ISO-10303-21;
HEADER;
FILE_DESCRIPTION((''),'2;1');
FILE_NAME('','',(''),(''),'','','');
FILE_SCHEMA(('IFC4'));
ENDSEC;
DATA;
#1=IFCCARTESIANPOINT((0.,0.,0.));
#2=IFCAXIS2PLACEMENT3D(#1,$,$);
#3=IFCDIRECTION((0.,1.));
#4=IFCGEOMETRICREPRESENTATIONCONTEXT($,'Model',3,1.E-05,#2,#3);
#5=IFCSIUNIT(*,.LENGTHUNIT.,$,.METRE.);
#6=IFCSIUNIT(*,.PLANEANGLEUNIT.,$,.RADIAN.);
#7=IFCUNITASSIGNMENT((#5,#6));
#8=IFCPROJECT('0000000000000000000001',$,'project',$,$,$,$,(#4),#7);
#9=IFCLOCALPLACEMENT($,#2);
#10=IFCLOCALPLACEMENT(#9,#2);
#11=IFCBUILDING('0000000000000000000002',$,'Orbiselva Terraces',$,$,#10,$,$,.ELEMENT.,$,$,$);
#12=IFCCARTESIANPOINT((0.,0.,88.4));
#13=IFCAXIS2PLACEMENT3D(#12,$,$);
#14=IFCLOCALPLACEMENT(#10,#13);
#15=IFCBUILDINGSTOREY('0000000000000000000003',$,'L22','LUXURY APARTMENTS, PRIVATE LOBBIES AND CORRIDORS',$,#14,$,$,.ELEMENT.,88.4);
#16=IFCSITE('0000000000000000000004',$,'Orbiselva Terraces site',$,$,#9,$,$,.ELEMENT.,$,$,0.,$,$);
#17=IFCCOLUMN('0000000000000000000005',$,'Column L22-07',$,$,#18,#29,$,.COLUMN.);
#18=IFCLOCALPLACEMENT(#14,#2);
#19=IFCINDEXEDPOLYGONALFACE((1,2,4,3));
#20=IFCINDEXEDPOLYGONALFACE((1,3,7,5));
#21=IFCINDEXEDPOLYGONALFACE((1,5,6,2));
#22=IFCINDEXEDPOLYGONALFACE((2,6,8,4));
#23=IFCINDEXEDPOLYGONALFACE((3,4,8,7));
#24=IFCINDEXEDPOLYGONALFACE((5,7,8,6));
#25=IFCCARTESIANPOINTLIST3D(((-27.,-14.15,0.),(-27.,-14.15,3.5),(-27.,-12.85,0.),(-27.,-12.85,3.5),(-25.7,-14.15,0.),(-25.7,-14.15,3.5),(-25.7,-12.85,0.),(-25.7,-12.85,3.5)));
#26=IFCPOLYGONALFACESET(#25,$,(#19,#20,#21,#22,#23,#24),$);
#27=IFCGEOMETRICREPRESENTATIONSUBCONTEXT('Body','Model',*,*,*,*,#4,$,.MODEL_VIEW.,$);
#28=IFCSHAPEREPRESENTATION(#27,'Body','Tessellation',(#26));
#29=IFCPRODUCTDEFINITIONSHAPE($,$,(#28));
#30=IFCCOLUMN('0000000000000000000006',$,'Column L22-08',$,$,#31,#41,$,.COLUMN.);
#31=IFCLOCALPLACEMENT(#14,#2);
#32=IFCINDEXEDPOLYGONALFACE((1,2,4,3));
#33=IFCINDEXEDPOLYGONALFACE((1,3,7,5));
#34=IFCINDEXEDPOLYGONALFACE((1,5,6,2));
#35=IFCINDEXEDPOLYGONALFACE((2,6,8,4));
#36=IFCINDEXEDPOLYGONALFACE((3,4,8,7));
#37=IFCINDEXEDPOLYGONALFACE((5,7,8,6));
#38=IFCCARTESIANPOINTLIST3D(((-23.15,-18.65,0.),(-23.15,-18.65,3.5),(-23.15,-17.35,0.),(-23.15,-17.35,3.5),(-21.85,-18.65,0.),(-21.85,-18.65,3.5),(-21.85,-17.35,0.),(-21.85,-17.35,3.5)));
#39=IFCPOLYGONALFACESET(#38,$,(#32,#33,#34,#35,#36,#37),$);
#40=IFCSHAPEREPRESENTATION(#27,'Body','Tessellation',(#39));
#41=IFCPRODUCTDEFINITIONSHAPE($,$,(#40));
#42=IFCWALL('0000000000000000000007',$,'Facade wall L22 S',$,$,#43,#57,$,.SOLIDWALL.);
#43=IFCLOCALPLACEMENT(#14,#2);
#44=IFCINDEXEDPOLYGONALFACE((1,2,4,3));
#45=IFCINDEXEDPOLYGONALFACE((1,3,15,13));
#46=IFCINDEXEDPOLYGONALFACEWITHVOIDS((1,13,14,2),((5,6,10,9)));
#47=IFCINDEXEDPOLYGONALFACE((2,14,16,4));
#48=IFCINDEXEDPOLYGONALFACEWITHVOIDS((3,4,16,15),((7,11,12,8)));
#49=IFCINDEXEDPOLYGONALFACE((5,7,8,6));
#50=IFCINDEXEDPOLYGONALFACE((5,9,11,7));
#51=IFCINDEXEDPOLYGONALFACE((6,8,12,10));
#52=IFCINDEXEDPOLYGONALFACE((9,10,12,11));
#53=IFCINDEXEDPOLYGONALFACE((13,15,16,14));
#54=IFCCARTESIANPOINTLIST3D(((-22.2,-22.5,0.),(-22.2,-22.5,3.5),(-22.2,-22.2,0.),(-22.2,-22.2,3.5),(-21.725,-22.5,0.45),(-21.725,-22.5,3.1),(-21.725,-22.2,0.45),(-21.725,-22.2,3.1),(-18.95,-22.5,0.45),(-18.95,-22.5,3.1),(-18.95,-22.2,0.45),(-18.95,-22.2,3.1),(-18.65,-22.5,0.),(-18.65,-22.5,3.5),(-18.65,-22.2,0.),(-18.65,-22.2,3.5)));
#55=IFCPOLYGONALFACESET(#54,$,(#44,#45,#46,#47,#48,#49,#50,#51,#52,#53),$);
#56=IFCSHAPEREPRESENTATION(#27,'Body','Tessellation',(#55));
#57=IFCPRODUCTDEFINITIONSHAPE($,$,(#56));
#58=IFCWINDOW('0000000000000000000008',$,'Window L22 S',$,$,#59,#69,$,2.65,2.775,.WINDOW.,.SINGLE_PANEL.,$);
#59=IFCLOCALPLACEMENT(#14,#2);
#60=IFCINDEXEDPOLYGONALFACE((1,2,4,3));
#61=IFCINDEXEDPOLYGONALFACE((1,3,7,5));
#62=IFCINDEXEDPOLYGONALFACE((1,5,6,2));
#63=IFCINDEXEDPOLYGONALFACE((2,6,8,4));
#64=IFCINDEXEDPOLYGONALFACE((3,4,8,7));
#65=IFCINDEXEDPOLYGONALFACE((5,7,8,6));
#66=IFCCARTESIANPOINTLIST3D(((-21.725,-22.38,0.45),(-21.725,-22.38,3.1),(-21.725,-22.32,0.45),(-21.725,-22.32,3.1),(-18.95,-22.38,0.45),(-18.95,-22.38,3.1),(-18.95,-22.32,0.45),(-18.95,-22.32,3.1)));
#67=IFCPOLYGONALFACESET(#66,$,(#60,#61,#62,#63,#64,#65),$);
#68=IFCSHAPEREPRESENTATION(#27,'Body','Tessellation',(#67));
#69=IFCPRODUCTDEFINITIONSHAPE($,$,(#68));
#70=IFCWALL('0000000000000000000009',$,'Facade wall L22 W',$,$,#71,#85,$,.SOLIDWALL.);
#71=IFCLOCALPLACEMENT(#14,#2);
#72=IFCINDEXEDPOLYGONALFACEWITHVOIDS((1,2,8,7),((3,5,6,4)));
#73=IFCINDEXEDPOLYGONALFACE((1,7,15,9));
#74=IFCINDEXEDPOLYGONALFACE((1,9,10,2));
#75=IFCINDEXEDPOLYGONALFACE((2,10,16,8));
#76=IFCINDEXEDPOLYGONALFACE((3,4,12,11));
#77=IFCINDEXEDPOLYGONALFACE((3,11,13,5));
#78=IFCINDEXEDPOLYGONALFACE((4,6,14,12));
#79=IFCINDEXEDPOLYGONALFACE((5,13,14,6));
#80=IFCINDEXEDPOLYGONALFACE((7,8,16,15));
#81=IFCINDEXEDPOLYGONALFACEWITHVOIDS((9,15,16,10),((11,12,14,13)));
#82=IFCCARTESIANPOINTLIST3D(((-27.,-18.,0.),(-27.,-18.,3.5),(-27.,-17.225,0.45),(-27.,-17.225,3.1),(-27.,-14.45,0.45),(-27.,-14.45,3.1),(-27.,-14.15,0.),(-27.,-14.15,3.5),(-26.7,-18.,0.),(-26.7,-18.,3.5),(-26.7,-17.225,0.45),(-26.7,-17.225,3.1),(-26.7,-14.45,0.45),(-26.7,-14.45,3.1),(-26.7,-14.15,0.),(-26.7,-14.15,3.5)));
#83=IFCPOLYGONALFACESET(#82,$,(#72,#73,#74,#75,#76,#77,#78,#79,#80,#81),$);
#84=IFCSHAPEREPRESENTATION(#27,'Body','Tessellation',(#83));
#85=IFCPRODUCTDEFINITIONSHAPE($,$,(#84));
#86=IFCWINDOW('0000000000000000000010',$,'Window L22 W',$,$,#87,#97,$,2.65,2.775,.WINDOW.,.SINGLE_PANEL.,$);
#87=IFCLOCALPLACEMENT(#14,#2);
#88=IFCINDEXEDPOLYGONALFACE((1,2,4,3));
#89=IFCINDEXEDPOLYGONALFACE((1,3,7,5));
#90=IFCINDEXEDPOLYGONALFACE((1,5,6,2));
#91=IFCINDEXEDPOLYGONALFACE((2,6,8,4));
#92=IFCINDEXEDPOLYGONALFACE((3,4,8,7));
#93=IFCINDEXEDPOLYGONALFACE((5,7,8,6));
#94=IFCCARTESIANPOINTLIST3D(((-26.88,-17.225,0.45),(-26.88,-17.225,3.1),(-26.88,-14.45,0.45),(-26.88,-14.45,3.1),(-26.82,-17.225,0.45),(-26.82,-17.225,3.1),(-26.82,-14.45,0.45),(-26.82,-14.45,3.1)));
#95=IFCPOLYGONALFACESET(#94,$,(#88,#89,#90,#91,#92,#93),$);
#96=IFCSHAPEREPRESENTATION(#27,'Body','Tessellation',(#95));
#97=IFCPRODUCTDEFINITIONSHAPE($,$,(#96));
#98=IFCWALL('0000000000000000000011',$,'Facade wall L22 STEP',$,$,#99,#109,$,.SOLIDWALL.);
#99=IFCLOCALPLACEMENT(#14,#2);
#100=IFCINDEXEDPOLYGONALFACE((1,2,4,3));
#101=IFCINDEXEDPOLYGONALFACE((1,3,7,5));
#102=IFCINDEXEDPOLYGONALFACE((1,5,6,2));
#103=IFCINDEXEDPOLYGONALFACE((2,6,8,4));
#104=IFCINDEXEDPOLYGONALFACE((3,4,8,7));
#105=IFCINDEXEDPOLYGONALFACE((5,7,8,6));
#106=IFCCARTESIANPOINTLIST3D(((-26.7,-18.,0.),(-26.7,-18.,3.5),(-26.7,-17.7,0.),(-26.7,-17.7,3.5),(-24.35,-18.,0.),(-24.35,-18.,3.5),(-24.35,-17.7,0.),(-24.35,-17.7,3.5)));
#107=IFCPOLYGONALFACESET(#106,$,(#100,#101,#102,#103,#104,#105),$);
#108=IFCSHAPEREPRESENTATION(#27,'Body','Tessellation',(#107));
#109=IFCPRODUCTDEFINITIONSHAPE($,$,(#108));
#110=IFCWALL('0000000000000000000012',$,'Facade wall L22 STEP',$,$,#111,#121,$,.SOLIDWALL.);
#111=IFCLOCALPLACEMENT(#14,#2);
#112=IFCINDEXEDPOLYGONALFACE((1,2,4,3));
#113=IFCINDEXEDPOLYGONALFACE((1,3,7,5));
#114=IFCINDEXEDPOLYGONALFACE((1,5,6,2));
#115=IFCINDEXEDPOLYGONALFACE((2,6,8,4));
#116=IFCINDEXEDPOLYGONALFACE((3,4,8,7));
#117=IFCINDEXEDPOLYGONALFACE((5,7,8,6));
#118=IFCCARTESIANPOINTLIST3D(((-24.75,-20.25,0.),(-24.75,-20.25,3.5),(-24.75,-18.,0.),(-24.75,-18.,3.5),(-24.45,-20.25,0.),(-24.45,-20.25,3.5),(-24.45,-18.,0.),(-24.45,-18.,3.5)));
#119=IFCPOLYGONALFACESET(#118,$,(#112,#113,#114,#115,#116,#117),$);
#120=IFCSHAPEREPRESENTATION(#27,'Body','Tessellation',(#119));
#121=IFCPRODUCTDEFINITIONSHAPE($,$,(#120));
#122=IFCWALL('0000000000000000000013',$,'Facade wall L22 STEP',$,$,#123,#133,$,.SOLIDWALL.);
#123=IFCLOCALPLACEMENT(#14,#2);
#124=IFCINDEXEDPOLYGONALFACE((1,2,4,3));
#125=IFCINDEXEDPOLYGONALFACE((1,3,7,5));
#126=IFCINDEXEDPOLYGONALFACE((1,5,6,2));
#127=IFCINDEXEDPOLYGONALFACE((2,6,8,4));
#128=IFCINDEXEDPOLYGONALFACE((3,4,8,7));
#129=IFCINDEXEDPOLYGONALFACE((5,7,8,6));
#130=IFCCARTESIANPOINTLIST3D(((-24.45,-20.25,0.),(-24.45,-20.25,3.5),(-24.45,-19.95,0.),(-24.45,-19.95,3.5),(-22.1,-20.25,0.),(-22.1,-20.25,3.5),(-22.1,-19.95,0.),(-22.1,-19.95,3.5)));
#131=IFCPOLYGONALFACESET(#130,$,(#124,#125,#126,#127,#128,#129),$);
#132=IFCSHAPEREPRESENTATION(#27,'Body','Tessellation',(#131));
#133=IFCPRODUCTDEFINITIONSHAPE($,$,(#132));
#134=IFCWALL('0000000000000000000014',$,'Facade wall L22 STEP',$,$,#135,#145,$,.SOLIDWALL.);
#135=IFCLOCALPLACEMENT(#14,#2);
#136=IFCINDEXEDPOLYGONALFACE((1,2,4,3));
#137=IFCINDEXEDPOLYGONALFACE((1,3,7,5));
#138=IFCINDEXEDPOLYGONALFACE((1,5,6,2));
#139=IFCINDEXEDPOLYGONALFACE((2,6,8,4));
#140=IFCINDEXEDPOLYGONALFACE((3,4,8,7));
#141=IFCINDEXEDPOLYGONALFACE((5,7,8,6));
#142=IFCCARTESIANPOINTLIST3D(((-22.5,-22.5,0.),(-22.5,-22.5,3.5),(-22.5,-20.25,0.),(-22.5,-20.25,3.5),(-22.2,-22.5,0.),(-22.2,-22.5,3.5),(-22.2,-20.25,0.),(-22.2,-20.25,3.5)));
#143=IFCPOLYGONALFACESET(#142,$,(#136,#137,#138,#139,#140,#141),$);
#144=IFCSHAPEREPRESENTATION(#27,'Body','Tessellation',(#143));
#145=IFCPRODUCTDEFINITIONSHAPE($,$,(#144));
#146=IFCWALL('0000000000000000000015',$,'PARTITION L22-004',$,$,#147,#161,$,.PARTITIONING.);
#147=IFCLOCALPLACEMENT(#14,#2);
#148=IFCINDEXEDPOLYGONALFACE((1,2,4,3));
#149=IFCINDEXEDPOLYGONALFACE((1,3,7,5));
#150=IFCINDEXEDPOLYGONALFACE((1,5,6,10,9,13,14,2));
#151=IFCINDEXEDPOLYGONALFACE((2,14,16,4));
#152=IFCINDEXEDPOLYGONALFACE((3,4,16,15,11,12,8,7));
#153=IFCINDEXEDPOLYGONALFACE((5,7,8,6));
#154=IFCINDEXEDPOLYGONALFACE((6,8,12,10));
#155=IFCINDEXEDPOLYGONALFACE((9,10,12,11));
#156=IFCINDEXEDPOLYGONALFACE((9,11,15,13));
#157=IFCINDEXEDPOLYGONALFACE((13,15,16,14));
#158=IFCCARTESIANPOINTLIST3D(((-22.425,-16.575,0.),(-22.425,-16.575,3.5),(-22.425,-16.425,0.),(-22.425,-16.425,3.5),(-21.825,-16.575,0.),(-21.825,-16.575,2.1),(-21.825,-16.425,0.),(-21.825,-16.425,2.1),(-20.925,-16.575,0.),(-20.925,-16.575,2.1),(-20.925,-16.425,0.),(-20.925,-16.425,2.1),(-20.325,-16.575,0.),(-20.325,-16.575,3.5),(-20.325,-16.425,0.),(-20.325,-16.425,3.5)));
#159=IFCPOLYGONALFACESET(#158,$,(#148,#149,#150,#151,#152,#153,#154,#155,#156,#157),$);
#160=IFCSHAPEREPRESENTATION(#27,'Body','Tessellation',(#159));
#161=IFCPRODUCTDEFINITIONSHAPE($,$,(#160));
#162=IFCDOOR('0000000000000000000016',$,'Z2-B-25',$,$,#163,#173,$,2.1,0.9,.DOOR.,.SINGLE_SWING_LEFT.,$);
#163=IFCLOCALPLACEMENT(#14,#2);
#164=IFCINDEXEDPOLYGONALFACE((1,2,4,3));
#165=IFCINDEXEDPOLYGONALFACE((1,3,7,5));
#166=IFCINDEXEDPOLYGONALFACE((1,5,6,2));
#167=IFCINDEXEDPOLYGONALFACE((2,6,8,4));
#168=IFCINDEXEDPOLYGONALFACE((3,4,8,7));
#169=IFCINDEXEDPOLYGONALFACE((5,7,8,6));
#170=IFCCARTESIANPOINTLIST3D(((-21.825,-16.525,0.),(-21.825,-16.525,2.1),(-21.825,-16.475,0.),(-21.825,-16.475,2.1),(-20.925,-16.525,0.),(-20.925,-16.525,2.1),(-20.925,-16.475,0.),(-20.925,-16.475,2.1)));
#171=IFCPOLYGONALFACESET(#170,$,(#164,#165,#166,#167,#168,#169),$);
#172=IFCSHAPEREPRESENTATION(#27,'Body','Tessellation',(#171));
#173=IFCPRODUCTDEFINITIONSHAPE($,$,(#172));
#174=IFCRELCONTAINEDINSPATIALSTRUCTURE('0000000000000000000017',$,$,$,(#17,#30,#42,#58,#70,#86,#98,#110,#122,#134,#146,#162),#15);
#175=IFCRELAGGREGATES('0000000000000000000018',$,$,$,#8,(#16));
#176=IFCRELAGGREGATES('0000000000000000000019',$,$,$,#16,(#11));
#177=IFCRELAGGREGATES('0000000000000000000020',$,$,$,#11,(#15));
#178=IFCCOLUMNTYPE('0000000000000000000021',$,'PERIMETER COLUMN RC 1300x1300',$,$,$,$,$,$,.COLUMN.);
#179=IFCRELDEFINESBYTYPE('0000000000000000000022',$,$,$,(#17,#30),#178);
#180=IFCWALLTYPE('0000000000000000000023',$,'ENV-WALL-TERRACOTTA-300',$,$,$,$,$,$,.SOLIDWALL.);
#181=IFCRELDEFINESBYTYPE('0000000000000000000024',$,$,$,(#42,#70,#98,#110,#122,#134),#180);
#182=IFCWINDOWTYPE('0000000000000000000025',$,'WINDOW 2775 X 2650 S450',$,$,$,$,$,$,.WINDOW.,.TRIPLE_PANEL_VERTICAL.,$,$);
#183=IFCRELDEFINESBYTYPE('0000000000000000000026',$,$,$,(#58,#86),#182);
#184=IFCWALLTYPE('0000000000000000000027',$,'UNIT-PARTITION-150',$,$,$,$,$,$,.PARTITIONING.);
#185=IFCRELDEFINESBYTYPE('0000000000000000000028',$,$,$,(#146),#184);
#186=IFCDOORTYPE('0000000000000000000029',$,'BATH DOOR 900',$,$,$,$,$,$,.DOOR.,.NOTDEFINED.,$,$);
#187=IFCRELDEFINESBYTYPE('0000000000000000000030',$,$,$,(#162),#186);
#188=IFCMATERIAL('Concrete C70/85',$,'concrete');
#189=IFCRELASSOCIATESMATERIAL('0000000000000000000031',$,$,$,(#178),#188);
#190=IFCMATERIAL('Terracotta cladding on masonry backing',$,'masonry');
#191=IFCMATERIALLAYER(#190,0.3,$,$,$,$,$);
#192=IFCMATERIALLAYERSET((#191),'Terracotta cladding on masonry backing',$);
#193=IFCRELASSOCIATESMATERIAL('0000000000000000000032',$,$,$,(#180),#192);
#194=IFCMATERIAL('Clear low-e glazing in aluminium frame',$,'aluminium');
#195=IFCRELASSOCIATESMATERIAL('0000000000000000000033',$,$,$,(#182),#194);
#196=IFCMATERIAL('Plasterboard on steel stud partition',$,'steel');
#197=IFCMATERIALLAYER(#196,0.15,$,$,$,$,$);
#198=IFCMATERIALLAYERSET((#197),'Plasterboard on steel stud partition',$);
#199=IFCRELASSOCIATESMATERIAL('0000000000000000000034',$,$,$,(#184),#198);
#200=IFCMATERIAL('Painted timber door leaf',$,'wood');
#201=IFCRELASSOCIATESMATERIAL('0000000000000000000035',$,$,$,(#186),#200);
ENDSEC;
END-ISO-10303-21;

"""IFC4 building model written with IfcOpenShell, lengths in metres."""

from ifc_helpers import new_model, si_unit, direction, frame, frame_2d, origin, origin_2d, place, context, subcontext, project, spatial, rectangle, extrude, material, layer, layer_set, material_profile, profile_set, type_object, element, fill, save


model = new_model("IFC4")

# Units and contexts
model_context = context("Model", 3, precision=1e-05, world=origin(), true_north=direction((0.0, 1.0)))
body_context = subcontext(model_context, "Body", "Model", "MODEL_VIEW")
ifc_project = project(units=[si_unit("LENGTHUNIT", "METRE"), si_unit("PLANEANGLEUNIT", "RADIAN")], contexts=[model_context])

# Site, building, storey
site_placement = place(None, origin())
site = spatial("IfcSite", under=ifc_project, at=site_placement, Name="Orbiselva Terraces site", CompositionType="ELEMENT", RefElevation=0.0)
building_placement = place(site_placement, origin())
building = spatial("IfcBuilding", under=site, at=building_placement, Name="Orbiselva Terraces", CompositionType="ELEMENT")
storey_placement = place(building_placement, frame((0.0, 0.0, 88.4)))
storey = spatial("IfcBuildingStorey", under=building, at=storey_placement, Name="L22", Description="LUXURY APARTMENTS, PRIVATE LOBBIES AND CORRIDORS", CompositionType="ELEMENT", Elevation=88.4)

# Columns
ifc_material_1 = material(Name="Concrete C70/85", Category="concrete")
ifc_material_profile = material_profile(ifc_material_1, rectangle(XDim=1.3, YDim=1.3, at=origin_2d()), Name="RC 1300x1300")
ifc_profile_set = profile_set([ifc_material_profile], Name="Concrete C70/85")
column_type = type_object("IfcColumnType", Name="PERIMETER COLUMN RC 1300x1300", PredefinedType="COLUMN", material=ifc_profile_set)
for number, where, z_axis, x_axis, name in (
    (1, (-26.35, -13.5, 0.0), (0.0, 0.0, 1.0), (1.0, 0.0, 0.0), "Column L22-07"),
    (2, (-22.5, -18.0, 0.0), (0.0, 0.0, 1.0), (1.0, 0.0, 0.0), "Column L22-08"),
):
    element("IfcColumn", number, at=place(storey_placement, frame(where, z_axis=z_axis, x_axis=x_axis)), inside=storey, type_object=column_type, Name=name, PredefinedType="COLUMN", context=body_context, shape_type="SweptSolid", body=[
        extrude(rectangle(XDim=1.3, YDim=1.3, at=origin_2d()), origin(), (0.0, 0.0, 1.0), 3.5),
    ])

# Walls, openings, windows
ifc_material_2 = material(Name="Terracotta cladding on masonry backing", Category="masonry")
ifc_layer_1 = layer(ifc_material_2, 0.3)
ifc_layer_set_1 = layer_set([ifc_layer_1], Name="Terracotta cladding on masonry backing")
wall_type_1 = type_object("IfcWallType", Name="ENV-WALL-TERRACOTTA-300", PredefinedType="SOLIDWALL", material=ifc_layer_set_1)
wall_1_placement = place(storey_placement, frame((-18.65, -22.35, 0.0), z_axis=(0.0, 0.0, 1.0), x_axis=(-1.0, 0.0, 0.0)))
wall_1 = element("IfcWall", 3, at=wall_1_placement, inside=storey, type_object=wall_type_1, Name="Facade wall L22 S", PredefinedType="SOLIDWALL", context=body_context, shape_type="SweptSolid", body=[
    extrude(rectangle(XDim=3.55, YDim=0.3, at=frame_2d((1.775, 0.0))), origin(), (0.0, 0.0, 1.0), 3.5),
])
opening_1_placement = place(wall_1_placement, frame((0.3, 0.0, 0.45)))
opening_1 = element("IfcOpeningElement", 4, at=opening_1_placement, cuts=wall_1, PredefinedType="OPENING", context=body_context, shape_type="SweptSolid", body=[
    extrude(rectangle(XDim=2.775, YDim=2.65, at=frame_2d((1.3875, 1.325))), frame((0.0, 0.16, 0.0), z_axis=(0.0, -1.0, 0.0), x_axis=(1.0, 0.0, 0.0)), (0.0, 0.0, 1.0), 0.32),
])
ifc_material_3 = material(Name="Clear low-e glazing in aluminium frame", Category="aluminium")
window_type = type_object("IfcWindowType", Name="WINDOW 2775 X 2650 S450", PartitioningType="TRIPLE_PANEL_VERTICAL", PredefinedType="WINDOW", material=ifc_material_3)
window_1_placement = place(opening_1_placement, origin())
window_1 = element("IfcWindow", 5, at=window_1_placement, inside=storey, type_object=window_type, Name="Window L22 S", OverallHeight=2.65, OverallWidth=2.775, PartitioningType="SINGLE_PANEL", PredefinedType="WINDOW", context=body_context, shape_type="SweptSolid", body=[
    extrude(rectangle(XDim=2.775, YDim=2.65, at=frame_2d((1.3875, 1.325))), frame((0.0, 0.03, 0.0), z_axis=(0.0, -1.0, 0.0), x_axis=(1.0, 0.0, 0.0)), (0.0, 0.0, 1.0), 0.06),
])
fill(opening_1, window_1)
wall_2_placement = place(storey_placement, frame((-26.85, -18.0, 0.0), z_axis=(0.0, 0.0, 1.0), x_axis=(0.0, 1.0, 0.0)))
wall_2 = element("IfcWall", 6, at=wall_2_placement, inside=storey, type_object=wall_type_1, Name="Facade wall L22 W", PredefinedType="SOLIDWALL", context=body_context, shape_type="SweptSolid", body=[
    extrude(rectangle(XDim=3.85, YDim=0.3, at=frame_2d((1.925, 0.0))), origin(), (0.0, 0.0, 1.0), 3.5),
])
opening_2_placement = place(wall_2_placement, frame((0.775, 0.0, 0.45)))
opening_2 = element("IfcOpeningElement", 7, at=opening_2_placement, cuts=wall_2, PredefinedType="OPENING", context=body_context, shape_type="SweptSolid", body=[
    extrude(rectangle(XDim=2.775, YDim=2.65, at=frame_2d((1.3875, 1.325))), frame((0.0, 0.16, 0.0), z_axis=(0.0, -1.0, 0.0), x_axis=(1.0, 0.0, 0.0)), (0.0, 0.0, 1.0), 0.32),
])
window_2_placement = place(opening_2_placement, origin())
window_2 = element("IfcWindow", 8, at=window_2_placement, inside=storey, type_object=window_type, Name="Window L22 W", OverallHeight=2.65, OverallWidth=2.775, PartitioningType="SINGLE_PANEL", PredefinedType="WINDOW", context=body_context, shape_type="SweptSolid", body=[
    extrude(rectangle(XDim=2.775, YDim=2.65, at=frame_2d((1.3875, 1.325))), frame((0.0, 0.03, 0.0), z_axis=(0.0, -1.0, 0.0), x_axis=(1.0, 0.0, 0.0)), (0.0, 0.0, 1.0), 0.06),
])
fill(opening_2, window_2)

# Walls
wall_3_placement = place(storey_placement, frame((-24.35, -17.85, 0.0), z_axis=(0.0, 0.0, 1.0), x_axis=(-1.0, 0.0, 0.0)))
element("IfcWall", 9, at=wall_3_placement, inside=storey, type_object=wall_type_1, Name="Facade wall L22 STEP", PredefinedType="SOLIDWALL", context=body_context, shape_type="SweptSolid", body=[
    extrude(rectangle(XDim=2.35, YDim=0.3, at=frame_2d((1.175, 0.0))), origin(), (0.0, 0.0, 1.0), 3.5),
])
wall_4_placement = place(storey_placement, frame((-24.6, -20.25, 0.0), z_axis=(0.0, 0.0, 1.0), x_axis=(0.0, 1.0, 0.0)))
element("IfcWall", 10, at=wall_4_placement, inside=storey, type_object=wall_type_1, Name="Facade wall L22 STEP", PredefinedType="SOLIDWALL", context=body_context, shape_type="SweptSolid", body=[
    extrude(rectangle(XDim=2.25, YDim=0.3, at=frame_2d((1.125, 0.0))), origin(), (0.0, 0.0, 1.0), 3.5),
])
wall_5_placement = place(storey_placement, frame((-22.1, -20.1, 0.0), z_axis=(0.0, 0.0, 1.0), x_axis=(-1.0, 0.0, 0.0)))
element("IfcWall", 11, at=wall_5_placement, inside=storey, type_object=wall_type_1, Name="Facade wall L22 STEP", PredefinedType="SOLIDWALL", context=body_context, shape_type="SweptSolid", body=[
    extrude(rectangle(XDim=2.35, YDim=0.3, at=frame_2d((1.175, 0.0))), origin(), (0.0, 0.0, 1.0), 3.5),
])
wall_6_placement = place(storey_placement, frame((-22.35, -22.5, 0.0), z_axis=(0.0, 0.0, 1.0), x_axis=(0.0, 1.0, 0.0)))
element("IfcWall", 12, at=wall_6_placement, inside=storey, type_object=wall_type_1, Name="Facade wall L22 STEP", PredefinedType="SOLIDWALL", context=body_context, shape_type="SweptSolid", body=[
    extrude(rectangle(XDim=2.25, YDim=0.3, at=frame_2d((1.125, 0.0))), origin(), (0.0, 0.0, 1.0), 3.5),
])

# Wall, opening, door
ifc_material_4 = material(Name="Plasterboard on steel stud partition", Category="steel")
ifc_layer_2 = layer(ifc_material_4, 0.15)
ifc_layer_set_2 = layer_set([ifc_layer_2], Name="Plasterboard on steel stud partition")
wall_type_2 = type_object("IfcWallType", Name="UNIT-PARTITION-150", PredefinedType="PARTITIONING", material=ifc_layer_set_2)
wall_7_placement = place(storey_placement, frame((-22.425, -16.5, 0.0), z_axis=(0.0, 0.0, 1.0), x_axis=(1.0, 0.0, 0.0)))
wall_7 = element("IfcWall", 13, at=wall_7_placement, inside=storey, type_object=wall_type_2, Name="PARTITION L22-004", PredefinedType="PARTITIONING", context=body_context, shape_type="SweptSolid", body=[
    extrude(rectangle(XDim=2.1, YDim=0.15, at=frame_2d((1.05, 0.0))), origin(), (0.0, 0.0, 1.0), 3.5),
])
opening_3_placement = place(wall_7_placement, frame((0.6, 0.0, 0.0)))
opening_3 = element("IfcOpeningElement", 14, at=opening_3_placement, cuts=wall_7, PredefinedType="OPENING", context=body_context, shape_type="SweptSolid", body=[
    extrude(rectangle(XDim=0.9, YDim=2.1, at=frame_2d((0.45, 1.05))), frame((0.0, 0.085, 0.0), z_axis=(0.0, -1.0, 0.0), x_axis=(1.0, 0.0, 0.0)), (0.0, 0.0, 1.0), 0.17),
])
ifc_material_5 = material(Name="Painted timber door leaf", Category="wood")
door_type_1 = type_object("IfcDoorType", Name="BATH DOOR 900", OperationType="NOTDEFINED", PredefinedType="DOOR", material=ifc_material_5)
door_1_placement = place(opening_3_placement, origin())
door_1 = element("IfcDoor", 15, at=door_1_placement, inside=storey, type_object=door_type_1, Name="Z2-B-25", OperationType="SINGLE_SWING_LEFT", OverallHeight=2.1, OverallWidth=0.9, PredefinedType="DOOR", context=body_context, shape_type="SweptSolid", body=[
    extrude(rectangle(XDim=0.9, YDim=2.1, at=frame_2d((0.45, 1.05))), frame((0.0, 0.025, 0.0), z_axis=(0.0, -1.0, 0.0), x_axis=(1.0, 0.0, 0.0)), (0.0, 0.0, 1.0), 0.05),
])
fill(opening_3, door_1)

save(model, "model.ifc")
